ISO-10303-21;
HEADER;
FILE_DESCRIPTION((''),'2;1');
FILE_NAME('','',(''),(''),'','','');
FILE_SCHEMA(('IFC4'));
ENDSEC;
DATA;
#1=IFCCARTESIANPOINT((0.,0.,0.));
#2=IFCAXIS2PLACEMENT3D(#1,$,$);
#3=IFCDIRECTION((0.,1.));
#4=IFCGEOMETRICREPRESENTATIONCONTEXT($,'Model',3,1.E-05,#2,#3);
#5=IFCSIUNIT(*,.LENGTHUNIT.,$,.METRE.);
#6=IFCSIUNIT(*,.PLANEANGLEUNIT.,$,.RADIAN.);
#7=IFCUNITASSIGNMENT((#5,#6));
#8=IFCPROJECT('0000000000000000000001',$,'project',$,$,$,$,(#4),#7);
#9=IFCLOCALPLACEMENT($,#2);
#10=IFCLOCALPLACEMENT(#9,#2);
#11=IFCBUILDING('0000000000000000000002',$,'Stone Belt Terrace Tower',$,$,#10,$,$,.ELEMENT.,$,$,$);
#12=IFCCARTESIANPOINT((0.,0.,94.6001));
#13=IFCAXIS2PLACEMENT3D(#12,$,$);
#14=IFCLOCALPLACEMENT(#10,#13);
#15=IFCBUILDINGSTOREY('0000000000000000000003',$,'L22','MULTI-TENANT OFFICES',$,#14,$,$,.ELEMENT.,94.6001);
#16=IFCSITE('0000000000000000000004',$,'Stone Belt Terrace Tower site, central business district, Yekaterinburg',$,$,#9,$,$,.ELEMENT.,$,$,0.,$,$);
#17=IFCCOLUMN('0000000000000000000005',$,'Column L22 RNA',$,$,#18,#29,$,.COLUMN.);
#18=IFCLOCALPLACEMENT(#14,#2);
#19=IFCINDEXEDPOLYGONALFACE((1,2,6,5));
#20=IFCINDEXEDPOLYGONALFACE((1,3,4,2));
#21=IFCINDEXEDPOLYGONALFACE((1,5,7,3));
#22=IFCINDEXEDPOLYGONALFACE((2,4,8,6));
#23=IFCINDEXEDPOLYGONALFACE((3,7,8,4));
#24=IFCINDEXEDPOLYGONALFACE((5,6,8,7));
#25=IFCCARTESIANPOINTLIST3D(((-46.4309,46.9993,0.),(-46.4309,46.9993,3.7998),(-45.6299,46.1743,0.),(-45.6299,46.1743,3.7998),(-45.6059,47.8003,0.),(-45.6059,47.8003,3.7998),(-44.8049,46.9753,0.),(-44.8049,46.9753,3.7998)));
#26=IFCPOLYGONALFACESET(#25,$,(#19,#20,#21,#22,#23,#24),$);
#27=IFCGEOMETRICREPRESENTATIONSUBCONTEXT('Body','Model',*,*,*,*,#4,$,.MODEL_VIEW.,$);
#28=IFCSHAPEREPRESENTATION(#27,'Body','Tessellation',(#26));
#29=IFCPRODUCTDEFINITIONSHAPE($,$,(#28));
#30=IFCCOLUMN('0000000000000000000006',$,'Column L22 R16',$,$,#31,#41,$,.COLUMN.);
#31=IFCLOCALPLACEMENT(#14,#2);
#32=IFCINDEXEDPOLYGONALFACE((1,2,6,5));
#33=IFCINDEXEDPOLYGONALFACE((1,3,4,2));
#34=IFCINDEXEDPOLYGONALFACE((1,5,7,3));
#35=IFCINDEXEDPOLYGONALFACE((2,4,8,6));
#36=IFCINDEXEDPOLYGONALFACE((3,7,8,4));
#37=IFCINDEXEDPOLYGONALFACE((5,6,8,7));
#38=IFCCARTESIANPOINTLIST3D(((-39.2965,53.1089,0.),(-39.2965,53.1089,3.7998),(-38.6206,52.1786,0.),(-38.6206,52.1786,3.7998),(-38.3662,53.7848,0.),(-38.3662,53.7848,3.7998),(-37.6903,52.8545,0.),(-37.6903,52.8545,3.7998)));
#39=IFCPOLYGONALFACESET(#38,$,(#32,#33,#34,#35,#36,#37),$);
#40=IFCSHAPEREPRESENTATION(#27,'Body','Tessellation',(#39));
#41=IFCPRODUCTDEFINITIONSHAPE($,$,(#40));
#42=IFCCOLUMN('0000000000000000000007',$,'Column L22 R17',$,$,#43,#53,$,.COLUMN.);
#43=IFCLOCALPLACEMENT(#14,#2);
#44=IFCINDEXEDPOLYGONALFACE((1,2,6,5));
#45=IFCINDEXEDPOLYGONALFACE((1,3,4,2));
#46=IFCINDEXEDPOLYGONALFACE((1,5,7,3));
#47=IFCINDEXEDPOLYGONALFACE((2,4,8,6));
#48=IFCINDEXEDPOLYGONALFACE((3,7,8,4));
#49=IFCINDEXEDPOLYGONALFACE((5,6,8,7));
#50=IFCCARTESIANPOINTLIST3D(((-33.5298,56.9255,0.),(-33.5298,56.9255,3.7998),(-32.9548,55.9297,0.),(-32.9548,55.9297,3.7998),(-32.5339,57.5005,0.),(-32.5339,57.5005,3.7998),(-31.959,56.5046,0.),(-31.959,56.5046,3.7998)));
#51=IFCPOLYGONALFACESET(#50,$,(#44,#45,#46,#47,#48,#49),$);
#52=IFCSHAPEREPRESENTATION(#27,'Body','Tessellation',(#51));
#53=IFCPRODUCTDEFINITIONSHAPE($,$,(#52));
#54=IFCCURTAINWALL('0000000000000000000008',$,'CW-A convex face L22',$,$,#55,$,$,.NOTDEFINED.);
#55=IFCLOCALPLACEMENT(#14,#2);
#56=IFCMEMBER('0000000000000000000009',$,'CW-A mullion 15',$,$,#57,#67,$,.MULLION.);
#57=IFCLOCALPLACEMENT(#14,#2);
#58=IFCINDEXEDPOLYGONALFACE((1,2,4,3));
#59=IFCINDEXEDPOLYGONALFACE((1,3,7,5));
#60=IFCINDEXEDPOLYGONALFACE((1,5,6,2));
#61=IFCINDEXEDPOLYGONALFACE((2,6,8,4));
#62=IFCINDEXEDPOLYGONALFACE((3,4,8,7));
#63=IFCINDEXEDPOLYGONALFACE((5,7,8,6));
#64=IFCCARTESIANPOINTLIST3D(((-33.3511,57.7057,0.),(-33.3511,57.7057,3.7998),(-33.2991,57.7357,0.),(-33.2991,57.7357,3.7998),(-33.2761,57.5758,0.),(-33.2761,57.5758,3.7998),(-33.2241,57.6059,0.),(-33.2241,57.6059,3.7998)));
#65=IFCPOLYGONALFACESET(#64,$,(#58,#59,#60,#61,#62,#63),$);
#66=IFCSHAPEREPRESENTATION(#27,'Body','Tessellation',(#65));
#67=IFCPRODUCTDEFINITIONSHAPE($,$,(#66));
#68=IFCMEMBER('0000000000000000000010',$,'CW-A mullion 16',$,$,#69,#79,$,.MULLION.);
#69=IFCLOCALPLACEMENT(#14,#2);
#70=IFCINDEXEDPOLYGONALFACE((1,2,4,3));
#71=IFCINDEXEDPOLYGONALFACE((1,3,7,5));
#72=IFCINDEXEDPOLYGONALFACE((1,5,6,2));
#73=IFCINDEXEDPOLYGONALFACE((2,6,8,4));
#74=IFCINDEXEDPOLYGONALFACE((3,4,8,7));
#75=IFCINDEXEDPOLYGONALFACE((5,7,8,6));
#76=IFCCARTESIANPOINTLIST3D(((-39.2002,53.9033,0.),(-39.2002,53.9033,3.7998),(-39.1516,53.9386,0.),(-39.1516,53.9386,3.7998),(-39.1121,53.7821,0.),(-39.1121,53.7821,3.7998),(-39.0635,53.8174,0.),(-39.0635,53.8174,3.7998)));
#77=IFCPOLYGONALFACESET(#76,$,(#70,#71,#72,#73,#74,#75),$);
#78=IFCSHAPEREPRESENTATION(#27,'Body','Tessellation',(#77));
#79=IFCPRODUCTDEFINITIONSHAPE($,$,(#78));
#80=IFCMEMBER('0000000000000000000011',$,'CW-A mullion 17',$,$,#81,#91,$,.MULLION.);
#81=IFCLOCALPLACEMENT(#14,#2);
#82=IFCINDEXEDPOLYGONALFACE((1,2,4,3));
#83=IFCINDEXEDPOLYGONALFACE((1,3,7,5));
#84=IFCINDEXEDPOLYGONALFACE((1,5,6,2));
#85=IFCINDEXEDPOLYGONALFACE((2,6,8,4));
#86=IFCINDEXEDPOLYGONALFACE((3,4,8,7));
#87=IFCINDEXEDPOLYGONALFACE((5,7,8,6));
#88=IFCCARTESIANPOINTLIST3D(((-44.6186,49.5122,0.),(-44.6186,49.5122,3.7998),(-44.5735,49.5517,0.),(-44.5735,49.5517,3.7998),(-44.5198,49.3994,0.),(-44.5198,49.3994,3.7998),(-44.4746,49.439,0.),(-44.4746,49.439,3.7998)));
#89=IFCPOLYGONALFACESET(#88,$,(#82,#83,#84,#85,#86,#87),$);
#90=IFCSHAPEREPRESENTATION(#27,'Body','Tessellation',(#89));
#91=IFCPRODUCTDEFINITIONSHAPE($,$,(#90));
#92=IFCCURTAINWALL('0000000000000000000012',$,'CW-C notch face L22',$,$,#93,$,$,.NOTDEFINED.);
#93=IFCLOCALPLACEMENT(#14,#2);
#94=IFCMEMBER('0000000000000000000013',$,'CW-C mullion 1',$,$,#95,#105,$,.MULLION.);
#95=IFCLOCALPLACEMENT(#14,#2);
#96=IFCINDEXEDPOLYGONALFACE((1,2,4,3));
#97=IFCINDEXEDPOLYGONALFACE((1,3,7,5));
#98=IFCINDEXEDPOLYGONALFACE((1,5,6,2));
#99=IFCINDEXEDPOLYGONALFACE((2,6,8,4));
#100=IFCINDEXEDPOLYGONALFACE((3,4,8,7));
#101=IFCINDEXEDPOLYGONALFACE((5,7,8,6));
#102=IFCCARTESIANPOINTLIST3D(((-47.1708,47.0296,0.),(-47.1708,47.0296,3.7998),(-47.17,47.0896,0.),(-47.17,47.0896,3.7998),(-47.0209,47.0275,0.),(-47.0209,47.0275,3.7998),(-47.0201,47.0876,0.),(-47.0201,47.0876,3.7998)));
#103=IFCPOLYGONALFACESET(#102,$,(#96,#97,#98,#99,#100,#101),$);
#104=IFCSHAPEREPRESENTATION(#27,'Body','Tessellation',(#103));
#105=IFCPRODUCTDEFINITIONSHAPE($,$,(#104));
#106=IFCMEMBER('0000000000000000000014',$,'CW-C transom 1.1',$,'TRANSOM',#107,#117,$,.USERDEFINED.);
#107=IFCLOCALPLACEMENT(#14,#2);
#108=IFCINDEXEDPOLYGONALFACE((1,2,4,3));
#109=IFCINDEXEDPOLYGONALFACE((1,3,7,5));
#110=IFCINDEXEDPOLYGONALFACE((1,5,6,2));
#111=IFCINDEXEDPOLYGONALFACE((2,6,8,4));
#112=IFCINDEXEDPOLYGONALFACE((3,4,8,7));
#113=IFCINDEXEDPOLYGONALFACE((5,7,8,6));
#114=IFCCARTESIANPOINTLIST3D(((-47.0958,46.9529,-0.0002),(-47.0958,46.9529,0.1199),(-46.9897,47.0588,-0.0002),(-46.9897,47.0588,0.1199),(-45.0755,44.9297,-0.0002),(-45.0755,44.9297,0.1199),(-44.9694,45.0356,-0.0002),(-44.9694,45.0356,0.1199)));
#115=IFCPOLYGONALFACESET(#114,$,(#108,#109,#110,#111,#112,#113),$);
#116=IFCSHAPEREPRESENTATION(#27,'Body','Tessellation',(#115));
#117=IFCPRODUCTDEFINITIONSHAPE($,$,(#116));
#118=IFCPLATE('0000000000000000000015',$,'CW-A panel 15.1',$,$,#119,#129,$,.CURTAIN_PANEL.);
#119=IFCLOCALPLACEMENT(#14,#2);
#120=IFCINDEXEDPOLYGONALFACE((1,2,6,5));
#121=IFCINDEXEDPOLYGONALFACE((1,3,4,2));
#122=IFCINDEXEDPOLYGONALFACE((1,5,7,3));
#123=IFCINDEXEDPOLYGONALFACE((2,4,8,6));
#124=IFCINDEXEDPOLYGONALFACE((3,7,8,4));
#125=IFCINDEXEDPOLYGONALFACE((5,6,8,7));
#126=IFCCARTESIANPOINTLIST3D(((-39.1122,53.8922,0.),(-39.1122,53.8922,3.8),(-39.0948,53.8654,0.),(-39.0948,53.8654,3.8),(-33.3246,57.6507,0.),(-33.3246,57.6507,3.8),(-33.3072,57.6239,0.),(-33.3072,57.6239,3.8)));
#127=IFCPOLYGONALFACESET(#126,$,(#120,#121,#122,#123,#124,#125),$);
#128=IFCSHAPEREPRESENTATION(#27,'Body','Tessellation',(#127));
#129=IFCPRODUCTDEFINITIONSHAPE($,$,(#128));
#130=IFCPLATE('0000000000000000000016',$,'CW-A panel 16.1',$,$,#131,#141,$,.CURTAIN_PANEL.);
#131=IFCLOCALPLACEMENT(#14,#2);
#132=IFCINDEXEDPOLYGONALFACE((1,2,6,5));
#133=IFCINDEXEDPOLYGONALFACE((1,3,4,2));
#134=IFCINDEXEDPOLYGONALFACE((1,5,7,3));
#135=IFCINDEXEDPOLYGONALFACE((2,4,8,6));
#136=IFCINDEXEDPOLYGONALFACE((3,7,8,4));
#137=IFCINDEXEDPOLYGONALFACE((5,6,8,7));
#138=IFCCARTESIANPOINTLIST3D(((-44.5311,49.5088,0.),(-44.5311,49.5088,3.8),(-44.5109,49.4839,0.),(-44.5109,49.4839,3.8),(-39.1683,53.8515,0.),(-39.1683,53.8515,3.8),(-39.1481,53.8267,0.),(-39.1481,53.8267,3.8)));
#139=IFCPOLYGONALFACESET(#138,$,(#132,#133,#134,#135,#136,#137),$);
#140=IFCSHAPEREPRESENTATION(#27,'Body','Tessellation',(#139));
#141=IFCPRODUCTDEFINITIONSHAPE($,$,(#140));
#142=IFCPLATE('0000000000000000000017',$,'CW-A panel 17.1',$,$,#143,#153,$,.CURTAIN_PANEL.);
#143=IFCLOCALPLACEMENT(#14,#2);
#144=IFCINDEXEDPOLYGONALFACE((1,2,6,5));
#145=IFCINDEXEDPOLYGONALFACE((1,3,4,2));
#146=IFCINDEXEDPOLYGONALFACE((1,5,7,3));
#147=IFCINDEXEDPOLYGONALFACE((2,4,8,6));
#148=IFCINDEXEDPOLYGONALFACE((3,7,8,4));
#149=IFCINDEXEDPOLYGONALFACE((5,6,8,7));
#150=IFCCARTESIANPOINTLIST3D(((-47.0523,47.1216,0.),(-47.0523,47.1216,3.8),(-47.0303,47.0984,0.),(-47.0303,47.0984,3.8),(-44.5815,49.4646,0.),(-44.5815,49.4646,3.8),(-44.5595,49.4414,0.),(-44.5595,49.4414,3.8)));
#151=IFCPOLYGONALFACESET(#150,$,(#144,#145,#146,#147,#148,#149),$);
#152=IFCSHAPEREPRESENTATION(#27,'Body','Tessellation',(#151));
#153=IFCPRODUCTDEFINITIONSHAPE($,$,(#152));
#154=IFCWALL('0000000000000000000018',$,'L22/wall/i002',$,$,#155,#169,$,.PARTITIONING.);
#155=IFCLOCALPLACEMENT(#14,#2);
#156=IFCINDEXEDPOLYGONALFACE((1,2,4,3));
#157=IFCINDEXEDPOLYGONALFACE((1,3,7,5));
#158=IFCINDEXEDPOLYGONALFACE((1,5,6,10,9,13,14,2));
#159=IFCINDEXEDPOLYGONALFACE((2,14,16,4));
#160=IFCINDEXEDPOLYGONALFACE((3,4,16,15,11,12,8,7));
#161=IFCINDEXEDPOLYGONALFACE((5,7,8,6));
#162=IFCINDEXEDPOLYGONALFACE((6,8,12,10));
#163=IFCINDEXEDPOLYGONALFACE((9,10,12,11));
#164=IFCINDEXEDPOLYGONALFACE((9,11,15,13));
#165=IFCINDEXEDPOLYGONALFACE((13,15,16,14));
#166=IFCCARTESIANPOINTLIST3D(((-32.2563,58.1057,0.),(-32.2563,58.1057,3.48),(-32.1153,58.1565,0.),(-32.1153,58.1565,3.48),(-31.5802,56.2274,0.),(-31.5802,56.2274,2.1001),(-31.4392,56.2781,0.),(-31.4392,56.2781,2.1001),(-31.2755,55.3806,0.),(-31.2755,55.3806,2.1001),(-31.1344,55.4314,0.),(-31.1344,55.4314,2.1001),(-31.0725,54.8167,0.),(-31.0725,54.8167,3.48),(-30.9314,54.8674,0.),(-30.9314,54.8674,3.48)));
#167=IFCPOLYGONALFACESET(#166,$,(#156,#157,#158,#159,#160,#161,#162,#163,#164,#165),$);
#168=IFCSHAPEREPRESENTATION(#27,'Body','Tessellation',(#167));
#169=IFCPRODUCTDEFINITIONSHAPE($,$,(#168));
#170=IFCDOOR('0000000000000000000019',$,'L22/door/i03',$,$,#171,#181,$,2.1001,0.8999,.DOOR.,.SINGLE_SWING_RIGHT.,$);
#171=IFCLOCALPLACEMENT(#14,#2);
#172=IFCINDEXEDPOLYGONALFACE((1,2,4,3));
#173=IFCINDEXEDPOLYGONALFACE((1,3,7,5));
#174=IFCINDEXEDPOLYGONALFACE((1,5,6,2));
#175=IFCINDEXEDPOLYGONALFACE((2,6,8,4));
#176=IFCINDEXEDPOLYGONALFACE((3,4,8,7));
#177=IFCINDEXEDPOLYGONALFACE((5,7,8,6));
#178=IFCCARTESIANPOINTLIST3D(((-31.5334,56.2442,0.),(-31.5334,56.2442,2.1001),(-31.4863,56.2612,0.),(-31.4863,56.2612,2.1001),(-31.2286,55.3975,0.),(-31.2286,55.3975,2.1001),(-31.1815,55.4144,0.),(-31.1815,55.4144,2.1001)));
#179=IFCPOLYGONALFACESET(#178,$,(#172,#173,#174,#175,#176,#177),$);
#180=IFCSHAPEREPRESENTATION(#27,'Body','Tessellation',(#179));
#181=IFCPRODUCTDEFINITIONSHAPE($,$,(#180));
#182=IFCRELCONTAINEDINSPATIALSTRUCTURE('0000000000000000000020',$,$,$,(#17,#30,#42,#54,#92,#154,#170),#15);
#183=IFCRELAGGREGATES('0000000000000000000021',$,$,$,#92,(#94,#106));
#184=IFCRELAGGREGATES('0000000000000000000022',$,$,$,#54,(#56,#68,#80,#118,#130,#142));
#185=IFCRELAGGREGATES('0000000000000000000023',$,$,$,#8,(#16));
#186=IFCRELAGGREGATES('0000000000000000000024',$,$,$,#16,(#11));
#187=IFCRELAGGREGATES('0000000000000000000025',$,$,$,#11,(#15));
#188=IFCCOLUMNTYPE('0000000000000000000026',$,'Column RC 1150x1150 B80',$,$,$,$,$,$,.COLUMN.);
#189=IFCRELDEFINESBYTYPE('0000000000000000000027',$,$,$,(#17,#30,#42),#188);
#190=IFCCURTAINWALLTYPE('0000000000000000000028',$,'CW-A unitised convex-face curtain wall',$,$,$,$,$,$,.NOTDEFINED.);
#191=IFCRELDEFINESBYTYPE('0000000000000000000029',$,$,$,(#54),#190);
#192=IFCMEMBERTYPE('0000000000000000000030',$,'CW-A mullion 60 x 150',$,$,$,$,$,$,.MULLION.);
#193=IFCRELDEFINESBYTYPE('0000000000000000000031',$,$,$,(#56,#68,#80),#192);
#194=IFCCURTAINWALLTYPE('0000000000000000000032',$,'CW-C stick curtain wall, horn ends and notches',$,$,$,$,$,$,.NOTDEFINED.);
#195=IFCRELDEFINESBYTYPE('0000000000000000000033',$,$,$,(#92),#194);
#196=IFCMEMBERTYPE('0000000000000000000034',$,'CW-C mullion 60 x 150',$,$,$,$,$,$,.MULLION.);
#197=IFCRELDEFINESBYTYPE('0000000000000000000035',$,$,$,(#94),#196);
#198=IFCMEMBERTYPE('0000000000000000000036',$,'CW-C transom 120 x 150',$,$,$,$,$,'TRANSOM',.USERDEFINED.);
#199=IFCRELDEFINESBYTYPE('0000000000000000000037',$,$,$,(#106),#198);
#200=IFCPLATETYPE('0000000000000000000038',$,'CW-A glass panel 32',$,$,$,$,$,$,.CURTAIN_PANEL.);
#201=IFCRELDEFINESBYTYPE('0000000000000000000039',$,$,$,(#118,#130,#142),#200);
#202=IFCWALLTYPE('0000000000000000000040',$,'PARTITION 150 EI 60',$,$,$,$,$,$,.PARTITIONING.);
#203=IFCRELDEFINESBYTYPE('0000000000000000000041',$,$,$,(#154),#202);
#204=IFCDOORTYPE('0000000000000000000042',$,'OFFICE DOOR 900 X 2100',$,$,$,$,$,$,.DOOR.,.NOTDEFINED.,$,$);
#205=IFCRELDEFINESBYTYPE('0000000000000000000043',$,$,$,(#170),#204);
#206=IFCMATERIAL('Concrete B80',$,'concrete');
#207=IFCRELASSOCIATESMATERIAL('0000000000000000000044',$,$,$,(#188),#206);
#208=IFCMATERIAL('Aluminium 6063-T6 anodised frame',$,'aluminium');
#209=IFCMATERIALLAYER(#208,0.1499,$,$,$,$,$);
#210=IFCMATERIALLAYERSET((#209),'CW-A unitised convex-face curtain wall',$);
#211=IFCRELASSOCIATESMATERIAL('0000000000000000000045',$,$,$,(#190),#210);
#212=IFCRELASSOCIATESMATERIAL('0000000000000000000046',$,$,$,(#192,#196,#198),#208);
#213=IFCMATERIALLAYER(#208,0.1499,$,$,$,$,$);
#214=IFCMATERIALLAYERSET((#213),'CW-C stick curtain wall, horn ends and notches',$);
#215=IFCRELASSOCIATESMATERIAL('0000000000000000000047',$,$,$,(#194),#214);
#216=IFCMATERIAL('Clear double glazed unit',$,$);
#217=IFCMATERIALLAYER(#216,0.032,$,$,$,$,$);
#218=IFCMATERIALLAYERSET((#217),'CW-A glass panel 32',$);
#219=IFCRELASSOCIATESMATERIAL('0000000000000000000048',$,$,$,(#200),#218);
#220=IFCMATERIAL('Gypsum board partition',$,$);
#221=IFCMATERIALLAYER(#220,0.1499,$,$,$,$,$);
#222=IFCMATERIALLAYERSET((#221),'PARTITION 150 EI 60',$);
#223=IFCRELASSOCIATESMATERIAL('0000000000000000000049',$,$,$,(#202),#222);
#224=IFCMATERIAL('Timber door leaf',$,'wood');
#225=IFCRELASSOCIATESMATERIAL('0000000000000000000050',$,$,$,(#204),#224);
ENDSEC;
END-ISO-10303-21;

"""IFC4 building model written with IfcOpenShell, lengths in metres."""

from ifc_helpers import new_model, si_unit, direction, frame, frame_2d, origin, origin_2d, place, context, subcontext, project, spatial, rectangle, extrude, material, layer, layer_set, material_profile, profile_set, type_object, element, fill, aggregate, save


model = new_model("IFC4")

# Units and contexts
model_context = context("Model", 3, precision=1e-05, world=origin(), true_north=direction((0.0, 1.0)))
body_context = subcontext(model_context, "Body", "Model", "MODEL_VIEW")
ifc_project = project(units=[si_unit("LENGTHUNIT", "METRE"), si_unit("PLANEANGLEUNIT", "RADIAN")], contexts=[model_context])

# Site, building, storey
site_placement = place(None, origin())
site = spatial("IfcSite", under=ifc_project, at=site_placement, Name="Stone Belt Terrace Tower site, central business district, Yekaterinburg", CompositionType="ELEMENT", RefElevation=0.0)
building_placement = place(site_placement, origin())
building = spatial("IfcBuilding", under=site, at=building_placement, Name="Stone Belt Terrace Tower", CompositionType="ELEMENT")
storey_placement = place(building_placement, frame((0.0, 0.0, 94.6001)))
storey = spatial("IfcBuildingStorey", under=building, at=storey_placement, Name="L22", Description="MULTI-TENANT OFFICES", CompositionType="ELEMENT", Elevation=94.6001)

# Columns
ifc_material_1 = material(Name="Concrete B80", Category="concrete")
ifc_material_profile_1 = material_profile(ifc_material_1, rectangle(XDim=1.1499, YDim=1.1499, at=origin_2d()), Name="RC 1150x1150")
ifc_profile_set_1 = profile_set([ifc_material_profile_1], Name="Concrete B80")
column_type = type_object("IfcColumnType", Name="Column RC 1150x1150 B80", PredefinedType="COLUMN", material=ifc_profile_set_1)
for number, where, z_axis, x_axis, name in (
    (1, (-45.6179, 46.9873, 0.0), (0.0, 0.0, 1.0), (0.717483, 0.696576, 0.0), "Column L22 RNA"),
    (2, (-38.4934, 52.9817, 0.0), (0.0, 0.0, 1.0), (0.809017, 0.587785, 0.0), "Column L22 R16"),
    (3, (-32.7444, 56.7151, 0.0), (0.0, 0.0, 1.0), (0.866025, 0.5, 0.0), "Column L22 R17"),
):
    element("IfcColumn", number, at=place(storey_placement, frame(where, z_axis=z_axis, x_axis=x_axis)), inside=storey, type_object=column_type, Name=name, PredefinedType="COLUMN", context=body_context, shape_type="SweptSolid", body=[
        extrude(rectangle(XDim=1.1499, YDim=1.1499, at=origin_2d()), origin(), (0.0, 0.0, 1.0), 3.7998),
    ])

# Curtain walls, members
ifc_material_2 = material(Name="Aluminium 6063-T6 anodised frame", Category="aluminium")
ifc_layer_1 = layer(ifc_material_2, 0.1499)
ifc_layer_set_1 = layer_set([ifc_layer_1], Name="CW-A unitised convex-face curtain wall")
curtain_wall_type_1 = type_object("IfcCurtainWallType", Name="CW-A unitised convex-face curtain wall", PredefinedType="NOTDEFINED", material=ifc_layer_set_1)
curtain_wall_1_placement = place(storey_placement, origin())
curtain_wall_1 = element("IfcCurtainWall", 4, at=curtain_wall_1_placement, inside=storey, type_object=curtain_wall_type_1, Name="CW-A convex face L22", PredefinedType="NOTDEFINED")
ifc_material_profile_2 = material_profile(ifc_material_2, rectangle(XDim=0.1499, YDim=0.0601, at=origin_2d()), Name="Aluminium 6063-T6 60x150")
ifc_profile_set_2 = profile_set([ifc_material_profile_2], Name="Aluminium 6063-T6 anodised frame")
member_type_1 = type_object("IfcMemberType", Name="CW-A mullion 60 x 150", PredefinedType="MULLION", material=ifc_profile_set_2)
member_1_placement = place(storey_placement, frame((-33.2876, 57.6558, 0.0), z_axis=(0.0, 0.0, 1.0), x_axis=(0.5, -0.866025, 0.0)))
member_1 = element("IfcMember", 5, at=member_1_placement, type_object=member_type_1, Name="CW-A mullion 15", PredefinedType="MULLION", context=body_context, shape_type="SweptSolid", body=[
    extrude(rectangle(XDim=0.1499, YDim=0.0601, at=origin_2d()), origin(), (0.0, 0.0, 1.0), 3.7998),
])
member_2_placement = place(storey_placement, frame((-39.1318, 53.8604, 0.0), z_axis=(0.0, 0.0, 1.0), x_axis=(0.587785, -0.809017, 0.0)))
member_2 = element("IfcMember", 6, at=member_2_placement, type_object=member_type_1, Name="CW-A mullion 16", PredefinedType="MULLION", context=body_context, shape_type="SweptSolid", body=[
    extrude(rectangle(XDim=0.1499, YDim=0.0601, at=origin_2d()), origin(), (0.0, 0.0, 1.0), 3.7998),
])
member_3_placement = place(storey_placement, frame((-44.5466, 49.4756, 0.0), z_axis=(0.0, 0.0, 1.0), x_axis=(0.659207, -0.751961, 0.0)))
member_3 = element("IfcMember", 7, at=member_3_placement, type_object=member_type_1, Name="CW-A mullion 17", PredefinedType="MULLION", context=body_context, shape_type="SweptSolid", body=[
    extrude(rectangle(XDim=0.1499, YDim=0.0601, at=origin_2d()), origin(), (0.0, 0.0, 1.0), 3.7998),
])
ifc_layer_2 = layer(ifc_material_2, 0.1499)
ifc_layer_set_2 = layer_set([ifc_layer_2], Name="CW-C stick curtain wall, horn ends and notches")
curtain_wall_type_2 = type_object("IfcCurtainWallType", Name="CW-C stick curtain wall, horn ends and notches", PredefinedType="NOTDEFINED", material=ifc_layer_set_2)
curtain_wall_2_placement = place(storey_placement, origin())
curtain_wall_2 = element("IfcCurtainWall", 8, at=curtain_wall_2_placement, inside=storey, type_object=curtain_wall_type_2, Name="CW-C notch face L22", PredefinedType="NOTDEFINED")
ifc_material_profile_3 = material_profile(ifc_material_2, rectangle(XDim=0.1499, YDim=0.0601, at=origin_2d()), Name="Aluminium 6063-T6 60x150")
ifc_profile_set_3 = profile_set([ifc_material_profile_3], Name="Aluminium 6063-T6 anodised frame")
member_type_2 = type_object("IfcMemberType", Name="CW-C mullion 60 x 150", PredefinedType="MULLION", material=ifc_profile_set_3)
member_4_placement = place(storey_placement, frame((-47.0955, 47.0586, 0.0), z_axis=(0.0, 0.0, 1.0), x_axis=(0.999907, -0.013642, 0.0)))
member_4 = element("IfcMember", 9, at=member_4_placement, type_object=member_type_2, Name="CW-C mullion 1", PredefinedType="MULLION", context=body_context, shape_type="SweptSolid", body=[
    extrude(rectangle(XDim=0.1499, YDim=0.0601, at=origin_2d()), origin(), (0.0, 0.0, 1.0), 3.7998),
])
ifc_material_profile_4 = material_profile(ifc_material_2, rectangle(XDim=0.1499, YDim=0.1201, at=origin_2d()), Name="Aluminium 6063-T6 150x120")
ifc_profile_set_4 = profile_set([ifc_material_profile_4], Name="Aluminium 6063-T6 anodised frame")
member_type_3 = type_object("IfcMemberType", Name="CW-C transom 120 x 150", ElementType="TRANSOM", PredefinedType="USERDEFINED", material=ifc_profile_set_4)
member_5_placement = place(storey_placement, frame((-47.0427, 47.0059, 0.0598), z_axis=(0.706594, -0.707619, 0.0), x_axis=(0.707619, 0.706594, 0.0)))
member_5 = element("IfcMember", 10, at=member_5_placement, type_object=member_type_3, Name="CW-C transom 1.1", ObjectType="TRANSOM", PredefinedType="USERDEFINED", context=body_context, shape_type="SweptSolid", body=[
    extrude(rectangle(XDim=0.1499, YDim=0.1201, at=origin_2d()), origin(), (0.0, 0.0, 1.0), 2.8591),
])
aggregate(curtain_wall_2, [member_4, member_5])

# Plates
ifc_material_3 = material(Name="Clear double glazed unit")
ifc_layer_3 = layer(ifc_material_3, 0.032)
ifc_layer_set_3 = layer_set([ifc_layer_3], Name="CW-A glass panel 32")
plate_type = type_object("IfcPlateType", Name="CW-A glass panel 32", PredefinedType="CURTAIN_PANEL", material=ifc_layer_set_3)
plate_1_placement = place(storey_placement, frame((-36.2097, 55.7581, 0.0), z_axis=(0.0, 0.0, 1.0), x_axis=(-0.838671, -0.544639, 0.0)))
plate_1 = element("IfcPlate", 11, at=plate_1_placement, type_object=plate_type, Name="CW-A panel 15.1", PredefinedType="CURTAIN_PANEL", context=body_context, shape_type="SweptSolid", body=[
    extrude(rectangle(XDim=6.9009, YDim=0.032, at=origin_2d()), origin(), (0.0, 0.0, 1.0), 3.8),
])
plate_2_placement = place(storey_placement, frame((-41.8396, 51.6677, 0.0), z_axis=(0.0, 0.0, 1.0), x_axis=(-0.777146, -0.62932, 0.0)))
plate_2 = element("IfcPlate", 12, at=plate_2_placement, type_object=plate_type, Name="CW-A panel 16.1", PredefinedType="CURTAIN_PANEL", context=body_context, shape_type="SweptSolid", body=[
    extrude(rectangle(XDim=6.9006, YDim=0.032, at=origin_2d()), origin(), (0.0, 0.0, 1.0), 3.8),
])
plate_3_placement = place(storey_placement, frame((-45.8059, 48.2815, 0.0), z_axis=(0.0, 0.0, 1.0), x_axis=(-0.725628, -0.688087, 0.0)))
plate_3 = element("IfcPlate", 13, at=plate_3_placement, type_object=plate_type, Name="CW-A panel 17.1", PredefinedType="CURTAIN_PANEL", context=body_context, shape_type="SweptSolid", body=[
    extrude(rectangle(XDim=3.405, YDim=0.032, at=origin_2d()), origin(), (0.0, 0.0, 1.0), 3.8),
])
aggregate(curtain_wall_1, [member_1, member_2, member_3, plate_1, plate_2, plate_3])

# Wall, opening, door
ifc_material_4 = material(Name="Gypsum board partition")
ifc_layer_4 = layer(ifc_material_4, 0.1499)
ifc_layer_set_4 = layer_set([ifc_layer_4], Name="PARTITION 150 EI 60")
wall_type = type_object("IfcWallType", Name="PARTITION 150 EI 60", PredefinedType="PARTITIONING", material=ifc_layer_set_4)
wall_1_placement = place(storey_placement, frame((-32.1858, 58.1311, 0.0), z_axis=(0.0, 0.0, 1.0), x_axis=(0.338663, -0.940908, 0.0)))
wall_1 = element("IfcWall", 14, at=wall_1_placement, inside=storey, type_object=wall_type, Name="L22/wall/i002", PredefinedType="PARTITIONING", context=body_context, shape_type="SweptSolid", body=[
    extrude(rectangle(XDim=3.4956, YDim=0.1499, at=frame_2d((1.7478, 0.0))), origin(), (0.0, 0.0, 1.0), 3.48),
])
opening_1_placement = place(wall_1_placement, frame((1.9963, 0.0, 0.0)))
opening_1 = element("IfcOpeningElement", 15, at=opening_1_placement, cuts=wall_1, PredefinedType="OPENING", context=body_context, shape_type="SweptSolid", body=[
    extrude(rectangle(XDim=0.8999, YDim=2.1001, at=frame_2d((0.45, 1.05))), frame((0.0, 0.085, 0.0), z_axis=(0.0, -1.0, 0.0), x_axis=(1.0, 0.0, 0.0)), (0.0, 0.0, 1.0), 0.1699),
])
ifc_material_5 = material(Name="Timber door leaf", Category="wood")
door_type = type_object("IfcDoorType", Name="OFFICE DOOR 900 X 2100", OperationType="NOTDEFINED", PredefinedType="DOOR", material=ifc_material_5)
door_1_placement = place(opening_1_placement, origin())
door_1 = element("IfcDoor", 16, at=door_1_placement, inside=storey, type_object=door_type, Name="L22/door/i03", OperationType="SINGLE_SWING_RIGHT", OverallHeight=2.1001, OverallWidth=0.8999, PredefinedType="DOOR", context=body_context, shape_type="SweptSolid", body=[
    extrude(rectangle(XDim=0.8999, YDim=2.1001, at=frame_2d((0.45, 1.05))), frame((0.0, 0.0249, 0.0), z_axis=(0.0, -1.0, 0.0), x_axis=(1.0, 0.0, 0.0)), (0.0, 0.0, 1.0), 0.05),
])
fill(opening_1, door_1)

save(model, "model.ifc")
